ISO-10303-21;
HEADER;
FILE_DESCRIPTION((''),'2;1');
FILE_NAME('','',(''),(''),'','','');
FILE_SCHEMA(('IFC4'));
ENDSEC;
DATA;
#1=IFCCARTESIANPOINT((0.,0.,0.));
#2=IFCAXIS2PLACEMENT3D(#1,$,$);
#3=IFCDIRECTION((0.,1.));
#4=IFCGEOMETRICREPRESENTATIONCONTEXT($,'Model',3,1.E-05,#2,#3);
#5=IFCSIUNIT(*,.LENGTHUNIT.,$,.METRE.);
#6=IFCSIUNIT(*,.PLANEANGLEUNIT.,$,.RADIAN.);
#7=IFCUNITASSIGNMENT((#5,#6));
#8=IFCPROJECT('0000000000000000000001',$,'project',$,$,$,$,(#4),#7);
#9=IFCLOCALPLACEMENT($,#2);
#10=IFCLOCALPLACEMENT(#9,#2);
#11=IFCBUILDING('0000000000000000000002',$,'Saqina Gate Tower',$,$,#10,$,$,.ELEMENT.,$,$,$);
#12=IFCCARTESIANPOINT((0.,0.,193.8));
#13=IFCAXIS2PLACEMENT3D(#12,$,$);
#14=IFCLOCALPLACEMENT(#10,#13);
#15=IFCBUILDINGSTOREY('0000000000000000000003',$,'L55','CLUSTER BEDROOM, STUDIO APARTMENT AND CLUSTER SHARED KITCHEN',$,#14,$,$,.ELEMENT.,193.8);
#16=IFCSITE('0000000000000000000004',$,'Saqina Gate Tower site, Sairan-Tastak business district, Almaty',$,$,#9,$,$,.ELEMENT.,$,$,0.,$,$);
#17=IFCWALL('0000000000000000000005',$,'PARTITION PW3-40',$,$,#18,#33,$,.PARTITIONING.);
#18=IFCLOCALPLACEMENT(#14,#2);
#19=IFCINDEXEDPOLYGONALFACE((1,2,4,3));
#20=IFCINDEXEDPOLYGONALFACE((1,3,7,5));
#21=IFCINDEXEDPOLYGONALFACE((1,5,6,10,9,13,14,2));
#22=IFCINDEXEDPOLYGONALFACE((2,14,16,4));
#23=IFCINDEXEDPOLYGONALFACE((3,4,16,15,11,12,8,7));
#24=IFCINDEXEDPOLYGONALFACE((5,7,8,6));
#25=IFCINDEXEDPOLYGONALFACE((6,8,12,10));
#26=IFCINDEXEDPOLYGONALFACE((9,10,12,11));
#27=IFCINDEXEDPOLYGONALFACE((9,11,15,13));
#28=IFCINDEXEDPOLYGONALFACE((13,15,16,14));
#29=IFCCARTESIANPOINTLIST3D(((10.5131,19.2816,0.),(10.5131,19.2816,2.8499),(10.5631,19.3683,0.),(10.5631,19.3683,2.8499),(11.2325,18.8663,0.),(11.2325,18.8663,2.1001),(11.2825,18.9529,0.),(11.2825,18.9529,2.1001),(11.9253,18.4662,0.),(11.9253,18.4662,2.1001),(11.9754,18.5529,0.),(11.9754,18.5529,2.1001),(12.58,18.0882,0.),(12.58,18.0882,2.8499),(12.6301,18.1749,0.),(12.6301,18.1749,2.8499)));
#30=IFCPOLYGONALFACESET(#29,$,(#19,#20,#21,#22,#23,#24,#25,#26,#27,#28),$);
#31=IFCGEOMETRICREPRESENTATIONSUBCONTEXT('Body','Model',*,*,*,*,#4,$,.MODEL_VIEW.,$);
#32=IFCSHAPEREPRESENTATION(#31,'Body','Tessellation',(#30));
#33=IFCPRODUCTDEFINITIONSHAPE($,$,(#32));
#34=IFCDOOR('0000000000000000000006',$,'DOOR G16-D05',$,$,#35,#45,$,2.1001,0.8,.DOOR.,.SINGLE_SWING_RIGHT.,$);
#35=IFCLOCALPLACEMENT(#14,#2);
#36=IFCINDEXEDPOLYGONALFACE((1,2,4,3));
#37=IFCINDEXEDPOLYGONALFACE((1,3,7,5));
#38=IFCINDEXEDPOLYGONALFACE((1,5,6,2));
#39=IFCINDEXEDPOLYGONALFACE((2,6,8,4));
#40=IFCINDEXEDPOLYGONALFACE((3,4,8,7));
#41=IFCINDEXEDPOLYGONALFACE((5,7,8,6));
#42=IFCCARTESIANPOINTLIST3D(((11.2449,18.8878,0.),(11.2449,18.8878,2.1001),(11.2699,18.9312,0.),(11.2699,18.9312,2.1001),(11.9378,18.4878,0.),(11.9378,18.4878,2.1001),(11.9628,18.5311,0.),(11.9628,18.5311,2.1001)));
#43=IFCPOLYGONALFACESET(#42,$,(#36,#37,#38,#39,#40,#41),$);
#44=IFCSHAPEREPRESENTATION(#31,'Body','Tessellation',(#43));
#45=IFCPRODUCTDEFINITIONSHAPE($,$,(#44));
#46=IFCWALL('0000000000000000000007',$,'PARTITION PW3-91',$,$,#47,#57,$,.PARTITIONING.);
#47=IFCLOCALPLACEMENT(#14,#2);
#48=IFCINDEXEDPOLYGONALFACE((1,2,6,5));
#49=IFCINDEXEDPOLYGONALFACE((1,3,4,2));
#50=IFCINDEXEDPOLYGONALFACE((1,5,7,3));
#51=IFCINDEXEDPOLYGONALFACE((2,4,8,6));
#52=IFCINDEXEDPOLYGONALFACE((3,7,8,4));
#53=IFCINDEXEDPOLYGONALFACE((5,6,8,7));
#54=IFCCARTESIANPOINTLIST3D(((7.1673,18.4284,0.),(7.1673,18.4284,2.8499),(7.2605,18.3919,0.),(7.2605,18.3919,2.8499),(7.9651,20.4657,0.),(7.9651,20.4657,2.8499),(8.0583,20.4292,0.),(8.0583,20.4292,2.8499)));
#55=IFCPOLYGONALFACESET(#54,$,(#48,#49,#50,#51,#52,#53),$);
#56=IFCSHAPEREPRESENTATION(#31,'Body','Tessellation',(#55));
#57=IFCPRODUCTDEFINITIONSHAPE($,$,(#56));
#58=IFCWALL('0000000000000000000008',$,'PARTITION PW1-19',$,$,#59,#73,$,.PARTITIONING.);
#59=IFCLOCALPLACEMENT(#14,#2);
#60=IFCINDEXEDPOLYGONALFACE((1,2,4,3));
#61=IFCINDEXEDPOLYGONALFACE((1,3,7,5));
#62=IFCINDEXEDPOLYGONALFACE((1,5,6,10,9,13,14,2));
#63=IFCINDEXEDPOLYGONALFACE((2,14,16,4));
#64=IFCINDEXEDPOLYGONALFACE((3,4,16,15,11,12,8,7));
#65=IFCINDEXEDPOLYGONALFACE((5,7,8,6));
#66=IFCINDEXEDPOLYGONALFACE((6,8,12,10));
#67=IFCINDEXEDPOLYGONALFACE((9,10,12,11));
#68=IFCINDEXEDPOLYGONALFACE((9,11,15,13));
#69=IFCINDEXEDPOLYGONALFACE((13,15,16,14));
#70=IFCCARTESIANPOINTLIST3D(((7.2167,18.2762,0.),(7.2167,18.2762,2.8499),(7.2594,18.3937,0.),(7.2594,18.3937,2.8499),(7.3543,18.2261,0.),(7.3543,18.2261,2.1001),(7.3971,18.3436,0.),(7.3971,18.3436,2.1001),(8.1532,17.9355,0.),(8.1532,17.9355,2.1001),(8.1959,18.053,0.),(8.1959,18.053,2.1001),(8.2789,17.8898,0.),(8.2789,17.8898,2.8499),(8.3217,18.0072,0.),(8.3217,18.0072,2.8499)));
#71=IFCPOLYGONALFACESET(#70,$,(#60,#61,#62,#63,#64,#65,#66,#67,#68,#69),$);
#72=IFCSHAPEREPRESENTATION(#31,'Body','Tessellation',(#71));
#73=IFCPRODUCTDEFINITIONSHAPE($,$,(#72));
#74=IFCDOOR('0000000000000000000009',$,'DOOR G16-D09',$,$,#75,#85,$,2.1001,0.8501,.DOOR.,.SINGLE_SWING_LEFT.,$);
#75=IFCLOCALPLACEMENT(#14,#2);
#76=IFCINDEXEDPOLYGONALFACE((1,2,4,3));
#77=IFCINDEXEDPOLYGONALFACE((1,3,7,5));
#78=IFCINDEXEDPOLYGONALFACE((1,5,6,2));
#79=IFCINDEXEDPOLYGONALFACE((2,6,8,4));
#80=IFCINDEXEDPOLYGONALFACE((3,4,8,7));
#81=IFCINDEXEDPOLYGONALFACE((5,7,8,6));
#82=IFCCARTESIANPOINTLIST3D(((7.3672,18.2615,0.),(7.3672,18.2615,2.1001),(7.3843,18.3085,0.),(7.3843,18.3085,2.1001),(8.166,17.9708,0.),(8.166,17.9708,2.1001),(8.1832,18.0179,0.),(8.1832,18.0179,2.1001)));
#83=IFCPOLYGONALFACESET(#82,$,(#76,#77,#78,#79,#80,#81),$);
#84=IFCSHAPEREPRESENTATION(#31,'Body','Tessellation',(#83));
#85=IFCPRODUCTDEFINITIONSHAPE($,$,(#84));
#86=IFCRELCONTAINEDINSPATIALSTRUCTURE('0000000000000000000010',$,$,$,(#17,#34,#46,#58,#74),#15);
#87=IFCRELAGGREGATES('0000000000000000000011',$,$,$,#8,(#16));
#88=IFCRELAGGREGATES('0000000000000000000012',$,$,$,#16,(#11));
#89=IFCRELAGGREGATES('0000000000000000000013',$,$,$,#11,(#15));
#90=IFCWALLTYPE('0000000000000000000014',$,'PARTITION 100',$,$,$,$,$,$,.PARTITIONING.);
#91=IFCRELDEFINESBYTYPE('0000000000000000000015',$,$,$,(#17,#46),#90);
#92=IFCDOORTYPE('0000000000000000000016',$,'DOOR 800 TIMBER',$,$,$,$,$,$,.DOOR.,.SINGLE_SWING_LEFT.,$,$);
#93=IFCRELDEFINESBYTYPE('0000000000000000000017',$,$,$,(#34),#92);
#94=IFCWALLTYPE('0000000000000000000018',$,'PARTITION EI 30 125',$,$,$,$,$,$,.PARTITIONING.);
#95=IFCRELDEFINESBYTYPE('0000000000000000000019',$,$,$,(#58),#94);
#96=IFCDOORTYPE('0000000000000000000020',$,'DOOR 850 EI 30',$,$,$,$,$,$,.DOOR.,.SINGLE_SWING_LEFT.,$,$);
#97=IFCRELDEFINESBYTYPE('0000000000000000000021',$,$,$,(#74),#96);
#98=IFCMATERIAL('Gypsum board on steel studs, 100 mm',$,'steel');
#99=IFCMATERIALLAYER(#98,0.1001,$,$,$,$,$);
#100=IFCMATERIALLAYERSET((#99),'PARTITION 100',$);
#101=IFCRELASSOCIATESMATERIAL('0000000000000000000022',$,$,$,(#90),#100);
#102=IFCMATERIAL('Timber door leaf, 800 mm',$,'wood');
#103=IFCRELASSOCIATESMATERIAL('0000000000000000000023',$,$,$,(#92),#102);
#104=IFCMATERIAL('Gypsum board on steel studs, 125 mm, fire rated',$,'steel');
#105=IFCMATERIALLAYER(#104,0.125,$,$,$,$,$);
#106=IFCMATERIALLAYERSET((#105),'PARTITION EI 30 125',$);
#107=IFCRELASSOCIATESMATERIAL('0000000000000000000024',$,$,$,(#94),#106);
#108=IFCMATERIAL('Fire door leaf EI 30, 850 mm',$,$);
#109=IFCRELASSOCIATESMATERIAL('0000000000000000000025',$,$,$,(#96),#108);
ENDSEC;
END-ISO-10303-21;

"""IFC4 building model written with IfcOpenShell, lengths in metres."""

from ifc_helpers import new_model, si_unit, direction, frame, frame_2d, origin, place, context, subcontext, project, spatial, rectangle, extrude, material, layer, layer_set, type_object, element, fill, save


model = new_model("IFC4")

# Units and contexts
model_context = context("Model", 3, precision=1e-05, world=origin(), true_north=direction((0.0, 1.0)))
body_context = subcontext(model_context, "Body", "Model", "MODEL_VIEW")
ifc_project = project(units=[si_unit("LENGTHUNIT", "METRE"), si_unit("PLANEANGLEUNIT", "RADIAN")], contexts=[model_context])

# Site, building, storey
site_placement = place(None, origin())
site = spatial("IfcSite", under=ifc_project, at=site_placement, Name="Saqina Gate Tower site, Sairan-Tastak business district, Almaty", CompositionType="ELEMENT", RefElevation=0.0)
building_placement = place(site_placement, origin())
building = spatial("IfcBuilding", under=site, at=building_placement, Name="Saqina Gate Tower", CompositionType="ELEMENT")
storey_placement = place(building_placement, frame((0.0, 0.0, 193.8)))
storey = spatial("IfcBuildingStorey", under=building, at=storey_placement, Name="L55", Description="CLUSTER BEDROOM, STUDIO APARTMENT AND CLUSTER SHARED KITCHEN", CompositionType="ELEMENT", Elevation=193.8)

# Wall, opening, door
ifc_material_1 = material(Name="Gypsum board on steel studs, 100 mm", Category="steel")
ifc_layer_1 = layer(ifc_material_1, 0.1001)
ifc_layer_set_1 = layer_set([ifc_layer_1], Name="PARTITION 100")
wall_type_1 = type_object("IfcWallType", Name="PARTITION 100", PredefinedType="PARTITIONING", material=ifc_layer_set_1)
wall_1_placement = place(storey_placement, frame((10.5381, 19.325, 0.0), z_axis=(0.0, 0.0, 1.0), x_axis=(0.866019, -0.500012, 0.0)))
wall_1 = element("IfcWall", 1, at=wall_1_placement, inside=storey, type_object=wall_type_1, Name="PARTITION PW3-40", PredefinedType="PARTITIONING", context=body_context, shape_type="SweptSolid", body=[
    extrude(rectangle(XDim=2.3867, YDim=0.1001, at=frame_2d((1.1934, 0.0))), origin(), (0.0, 0.0, 1.0), 2.8499),
])
opening_1_placement = place(wall_1_placement, frame((0.8308, 0.0, 0.0)))
opening_1 = element("IfcOpeningElement", 2, at=opening_1_placement, cuts=wall_1, PredefinedType="OPENING", context=body_context, shape_type="SweptSolid", body=[
    extrude(rectangle(XDim=0.8, YDim=2.1001, at=frame_2d((0.3999, 1.05))), frame((0.0, 0.062, 0.0), z_axis=(0.0, -1.0, 0.0), x_axis=(1.0, 0.0, 0.0)), (0.0, 0.0, 1.0), 0.124),
])
ifc_material_2 = material(Name="Timber door leaf, 800 mm", Category="wood")
door_type_1 = type_object("IfcDoorType", Name="DOOR 800 TIMBER", OperationType="SINGLE_SWING_LEFT", PredefinedType="DOOR", material=ifc_material_2)
door_1_placement = place(opening_1_placement, origin())
door_1 = element("IfcDoor", 3, at=door_1_placement, inside=storey, type_object=door_type_1, Name="DOOR G16-D05", OperationType="SINGLE_SWING_RIGHT", OverallHeight=2.1001, OverallWidth=0.8, PredefinedType="DOOR", context=body_context, shape_type="SweptSolid", body=[
    extrude(rectangle(XDim=0.8, YDim=2.1001, at=frame_2d((0.3999, 1.05))), frame((0.0, 0.0249, 0.0), z_axis=(0.0, -1.0, 0.0), x_axis=(1.0, 0.0, 0.0)), (0.0, 0.0, 1.0), 0.05),
])
fill(opening_1, door_1)

# Wall
wall_2_placement = place(storey_placement, frame((7.2139, 18.4102, 0.0), z_axis=(0.0, 0.0, 1.0), x_axis=(0.364648, 0.931146, 0.0)))
element("IfcWall", 4, at=wall_2_placement, inside=storey, type_object=wall_type_1, Name="PARTITION PW3-91", PredefinedType="PARTITIONING", context=body_context, shape_type="SweptSolid", body=[
    extrude(rectangle(XDim=2.188, YDim=0.1001, at=frame_2d((1.094, 0.0))), origin(), (0.0, 0.0, 1.0), 2.8499),
])

# Wall, opening, door
ifc_material_3 = material(Name="Gypsum board on steel studs, 125 mm, fire rated", Category="steel")
ifc_layer_2 = layer(ifc_material_3, 0.125)
ifc_layer_set_2 = layer_set([ifc_layer_2], Name="PARTITION EI 30 125")
wall_type_2 = type_object("IfcWallType", Name="PARTITION EI 30 125", PredefinedType="PARTITIONING", material=ifc_layer_set_2)
wall_3_placement = place(storey_placement, frame((7.238, 18.335, 0.0), z_axis=(0.0, 0.0, 1.0), x_axis=(0.939737, -0.341899, 0.0)))
wall_3 = element("IfcWall", 5, at=wall_3_placement, inside=storey, type_object=wall_type_2, Name="PARTITION PW1-19", PredefinedType="PARTITIONING", context=body_context, shape_type="SweptSolid", body=[
    extrude(rectangle(XDim=1.1304, YDim=0.125, at=frame_2d((0.5652, 0.0))), origin(), (0.0, 0.0, 1.0), 2.8499),
])
opening_2_placement = place(wall_3_placement, frame((0.1465, 0.0, 0.0)))
opening_2 = element("IfcOpeningElement", 6, at=opening_2_placement, cuts=wall_3, PredefinedType="OPENING", context=body_context, shape_type="SweptSolid", body=[
    extrude(rectangle(XDim=0.8501, YDim=2.1001, at=frame_2d((0.425, 1.05))), frame((0.0, 0.0745, 0.0), z_axis=(0.0, -1.0, 0.0), x_axis=(1.0, 0.0, 0.0)), (0.0, 0.0, 1.0), 0.1489),
])
ifc_material_4 = material(Name="Fire door leaf EI 30, 850 mm")
door_type_2 = type_object("IfcDoorType", Name="DOOR 850 EI 30", OperationType="SINGLE_SWING_LEFT", PredefinedType="DOOR", material=ifc_material_4)
door_2_placement = place(opening_2_placement, frame((0.8501, 0.0, 0.0), z_axis=(0.0, 0.0, 1.0), x_axis=(-1.0, 0.0, 0.0)))
door_2 = element("IfcDoor", 7, at=door_2_placement, inside=storey, type_object=door_type_2, Name="DOOR G16-D09", OperationType="SINGLE_SWING_LEFT", OverallHeight=2.1001, OverallWidth=0.8501, PredefinedType="DOOR", context=body_context, shape_type="SweptSolid", body=[
    extrude(rectangle(XDim=0.8501, YDim=2.1001, at=frame_2d((0.425, 1.05))), frame((0.0, 0.0249, 0.0), z_axis=(0.0, -1.0, 0.0), x_axis=(1.0, 0.0, 0.0)), (0.0, 0.0, 1.0), 0.05),
])
fill(opening_2, door_2)

save(model, "model.ifc")
